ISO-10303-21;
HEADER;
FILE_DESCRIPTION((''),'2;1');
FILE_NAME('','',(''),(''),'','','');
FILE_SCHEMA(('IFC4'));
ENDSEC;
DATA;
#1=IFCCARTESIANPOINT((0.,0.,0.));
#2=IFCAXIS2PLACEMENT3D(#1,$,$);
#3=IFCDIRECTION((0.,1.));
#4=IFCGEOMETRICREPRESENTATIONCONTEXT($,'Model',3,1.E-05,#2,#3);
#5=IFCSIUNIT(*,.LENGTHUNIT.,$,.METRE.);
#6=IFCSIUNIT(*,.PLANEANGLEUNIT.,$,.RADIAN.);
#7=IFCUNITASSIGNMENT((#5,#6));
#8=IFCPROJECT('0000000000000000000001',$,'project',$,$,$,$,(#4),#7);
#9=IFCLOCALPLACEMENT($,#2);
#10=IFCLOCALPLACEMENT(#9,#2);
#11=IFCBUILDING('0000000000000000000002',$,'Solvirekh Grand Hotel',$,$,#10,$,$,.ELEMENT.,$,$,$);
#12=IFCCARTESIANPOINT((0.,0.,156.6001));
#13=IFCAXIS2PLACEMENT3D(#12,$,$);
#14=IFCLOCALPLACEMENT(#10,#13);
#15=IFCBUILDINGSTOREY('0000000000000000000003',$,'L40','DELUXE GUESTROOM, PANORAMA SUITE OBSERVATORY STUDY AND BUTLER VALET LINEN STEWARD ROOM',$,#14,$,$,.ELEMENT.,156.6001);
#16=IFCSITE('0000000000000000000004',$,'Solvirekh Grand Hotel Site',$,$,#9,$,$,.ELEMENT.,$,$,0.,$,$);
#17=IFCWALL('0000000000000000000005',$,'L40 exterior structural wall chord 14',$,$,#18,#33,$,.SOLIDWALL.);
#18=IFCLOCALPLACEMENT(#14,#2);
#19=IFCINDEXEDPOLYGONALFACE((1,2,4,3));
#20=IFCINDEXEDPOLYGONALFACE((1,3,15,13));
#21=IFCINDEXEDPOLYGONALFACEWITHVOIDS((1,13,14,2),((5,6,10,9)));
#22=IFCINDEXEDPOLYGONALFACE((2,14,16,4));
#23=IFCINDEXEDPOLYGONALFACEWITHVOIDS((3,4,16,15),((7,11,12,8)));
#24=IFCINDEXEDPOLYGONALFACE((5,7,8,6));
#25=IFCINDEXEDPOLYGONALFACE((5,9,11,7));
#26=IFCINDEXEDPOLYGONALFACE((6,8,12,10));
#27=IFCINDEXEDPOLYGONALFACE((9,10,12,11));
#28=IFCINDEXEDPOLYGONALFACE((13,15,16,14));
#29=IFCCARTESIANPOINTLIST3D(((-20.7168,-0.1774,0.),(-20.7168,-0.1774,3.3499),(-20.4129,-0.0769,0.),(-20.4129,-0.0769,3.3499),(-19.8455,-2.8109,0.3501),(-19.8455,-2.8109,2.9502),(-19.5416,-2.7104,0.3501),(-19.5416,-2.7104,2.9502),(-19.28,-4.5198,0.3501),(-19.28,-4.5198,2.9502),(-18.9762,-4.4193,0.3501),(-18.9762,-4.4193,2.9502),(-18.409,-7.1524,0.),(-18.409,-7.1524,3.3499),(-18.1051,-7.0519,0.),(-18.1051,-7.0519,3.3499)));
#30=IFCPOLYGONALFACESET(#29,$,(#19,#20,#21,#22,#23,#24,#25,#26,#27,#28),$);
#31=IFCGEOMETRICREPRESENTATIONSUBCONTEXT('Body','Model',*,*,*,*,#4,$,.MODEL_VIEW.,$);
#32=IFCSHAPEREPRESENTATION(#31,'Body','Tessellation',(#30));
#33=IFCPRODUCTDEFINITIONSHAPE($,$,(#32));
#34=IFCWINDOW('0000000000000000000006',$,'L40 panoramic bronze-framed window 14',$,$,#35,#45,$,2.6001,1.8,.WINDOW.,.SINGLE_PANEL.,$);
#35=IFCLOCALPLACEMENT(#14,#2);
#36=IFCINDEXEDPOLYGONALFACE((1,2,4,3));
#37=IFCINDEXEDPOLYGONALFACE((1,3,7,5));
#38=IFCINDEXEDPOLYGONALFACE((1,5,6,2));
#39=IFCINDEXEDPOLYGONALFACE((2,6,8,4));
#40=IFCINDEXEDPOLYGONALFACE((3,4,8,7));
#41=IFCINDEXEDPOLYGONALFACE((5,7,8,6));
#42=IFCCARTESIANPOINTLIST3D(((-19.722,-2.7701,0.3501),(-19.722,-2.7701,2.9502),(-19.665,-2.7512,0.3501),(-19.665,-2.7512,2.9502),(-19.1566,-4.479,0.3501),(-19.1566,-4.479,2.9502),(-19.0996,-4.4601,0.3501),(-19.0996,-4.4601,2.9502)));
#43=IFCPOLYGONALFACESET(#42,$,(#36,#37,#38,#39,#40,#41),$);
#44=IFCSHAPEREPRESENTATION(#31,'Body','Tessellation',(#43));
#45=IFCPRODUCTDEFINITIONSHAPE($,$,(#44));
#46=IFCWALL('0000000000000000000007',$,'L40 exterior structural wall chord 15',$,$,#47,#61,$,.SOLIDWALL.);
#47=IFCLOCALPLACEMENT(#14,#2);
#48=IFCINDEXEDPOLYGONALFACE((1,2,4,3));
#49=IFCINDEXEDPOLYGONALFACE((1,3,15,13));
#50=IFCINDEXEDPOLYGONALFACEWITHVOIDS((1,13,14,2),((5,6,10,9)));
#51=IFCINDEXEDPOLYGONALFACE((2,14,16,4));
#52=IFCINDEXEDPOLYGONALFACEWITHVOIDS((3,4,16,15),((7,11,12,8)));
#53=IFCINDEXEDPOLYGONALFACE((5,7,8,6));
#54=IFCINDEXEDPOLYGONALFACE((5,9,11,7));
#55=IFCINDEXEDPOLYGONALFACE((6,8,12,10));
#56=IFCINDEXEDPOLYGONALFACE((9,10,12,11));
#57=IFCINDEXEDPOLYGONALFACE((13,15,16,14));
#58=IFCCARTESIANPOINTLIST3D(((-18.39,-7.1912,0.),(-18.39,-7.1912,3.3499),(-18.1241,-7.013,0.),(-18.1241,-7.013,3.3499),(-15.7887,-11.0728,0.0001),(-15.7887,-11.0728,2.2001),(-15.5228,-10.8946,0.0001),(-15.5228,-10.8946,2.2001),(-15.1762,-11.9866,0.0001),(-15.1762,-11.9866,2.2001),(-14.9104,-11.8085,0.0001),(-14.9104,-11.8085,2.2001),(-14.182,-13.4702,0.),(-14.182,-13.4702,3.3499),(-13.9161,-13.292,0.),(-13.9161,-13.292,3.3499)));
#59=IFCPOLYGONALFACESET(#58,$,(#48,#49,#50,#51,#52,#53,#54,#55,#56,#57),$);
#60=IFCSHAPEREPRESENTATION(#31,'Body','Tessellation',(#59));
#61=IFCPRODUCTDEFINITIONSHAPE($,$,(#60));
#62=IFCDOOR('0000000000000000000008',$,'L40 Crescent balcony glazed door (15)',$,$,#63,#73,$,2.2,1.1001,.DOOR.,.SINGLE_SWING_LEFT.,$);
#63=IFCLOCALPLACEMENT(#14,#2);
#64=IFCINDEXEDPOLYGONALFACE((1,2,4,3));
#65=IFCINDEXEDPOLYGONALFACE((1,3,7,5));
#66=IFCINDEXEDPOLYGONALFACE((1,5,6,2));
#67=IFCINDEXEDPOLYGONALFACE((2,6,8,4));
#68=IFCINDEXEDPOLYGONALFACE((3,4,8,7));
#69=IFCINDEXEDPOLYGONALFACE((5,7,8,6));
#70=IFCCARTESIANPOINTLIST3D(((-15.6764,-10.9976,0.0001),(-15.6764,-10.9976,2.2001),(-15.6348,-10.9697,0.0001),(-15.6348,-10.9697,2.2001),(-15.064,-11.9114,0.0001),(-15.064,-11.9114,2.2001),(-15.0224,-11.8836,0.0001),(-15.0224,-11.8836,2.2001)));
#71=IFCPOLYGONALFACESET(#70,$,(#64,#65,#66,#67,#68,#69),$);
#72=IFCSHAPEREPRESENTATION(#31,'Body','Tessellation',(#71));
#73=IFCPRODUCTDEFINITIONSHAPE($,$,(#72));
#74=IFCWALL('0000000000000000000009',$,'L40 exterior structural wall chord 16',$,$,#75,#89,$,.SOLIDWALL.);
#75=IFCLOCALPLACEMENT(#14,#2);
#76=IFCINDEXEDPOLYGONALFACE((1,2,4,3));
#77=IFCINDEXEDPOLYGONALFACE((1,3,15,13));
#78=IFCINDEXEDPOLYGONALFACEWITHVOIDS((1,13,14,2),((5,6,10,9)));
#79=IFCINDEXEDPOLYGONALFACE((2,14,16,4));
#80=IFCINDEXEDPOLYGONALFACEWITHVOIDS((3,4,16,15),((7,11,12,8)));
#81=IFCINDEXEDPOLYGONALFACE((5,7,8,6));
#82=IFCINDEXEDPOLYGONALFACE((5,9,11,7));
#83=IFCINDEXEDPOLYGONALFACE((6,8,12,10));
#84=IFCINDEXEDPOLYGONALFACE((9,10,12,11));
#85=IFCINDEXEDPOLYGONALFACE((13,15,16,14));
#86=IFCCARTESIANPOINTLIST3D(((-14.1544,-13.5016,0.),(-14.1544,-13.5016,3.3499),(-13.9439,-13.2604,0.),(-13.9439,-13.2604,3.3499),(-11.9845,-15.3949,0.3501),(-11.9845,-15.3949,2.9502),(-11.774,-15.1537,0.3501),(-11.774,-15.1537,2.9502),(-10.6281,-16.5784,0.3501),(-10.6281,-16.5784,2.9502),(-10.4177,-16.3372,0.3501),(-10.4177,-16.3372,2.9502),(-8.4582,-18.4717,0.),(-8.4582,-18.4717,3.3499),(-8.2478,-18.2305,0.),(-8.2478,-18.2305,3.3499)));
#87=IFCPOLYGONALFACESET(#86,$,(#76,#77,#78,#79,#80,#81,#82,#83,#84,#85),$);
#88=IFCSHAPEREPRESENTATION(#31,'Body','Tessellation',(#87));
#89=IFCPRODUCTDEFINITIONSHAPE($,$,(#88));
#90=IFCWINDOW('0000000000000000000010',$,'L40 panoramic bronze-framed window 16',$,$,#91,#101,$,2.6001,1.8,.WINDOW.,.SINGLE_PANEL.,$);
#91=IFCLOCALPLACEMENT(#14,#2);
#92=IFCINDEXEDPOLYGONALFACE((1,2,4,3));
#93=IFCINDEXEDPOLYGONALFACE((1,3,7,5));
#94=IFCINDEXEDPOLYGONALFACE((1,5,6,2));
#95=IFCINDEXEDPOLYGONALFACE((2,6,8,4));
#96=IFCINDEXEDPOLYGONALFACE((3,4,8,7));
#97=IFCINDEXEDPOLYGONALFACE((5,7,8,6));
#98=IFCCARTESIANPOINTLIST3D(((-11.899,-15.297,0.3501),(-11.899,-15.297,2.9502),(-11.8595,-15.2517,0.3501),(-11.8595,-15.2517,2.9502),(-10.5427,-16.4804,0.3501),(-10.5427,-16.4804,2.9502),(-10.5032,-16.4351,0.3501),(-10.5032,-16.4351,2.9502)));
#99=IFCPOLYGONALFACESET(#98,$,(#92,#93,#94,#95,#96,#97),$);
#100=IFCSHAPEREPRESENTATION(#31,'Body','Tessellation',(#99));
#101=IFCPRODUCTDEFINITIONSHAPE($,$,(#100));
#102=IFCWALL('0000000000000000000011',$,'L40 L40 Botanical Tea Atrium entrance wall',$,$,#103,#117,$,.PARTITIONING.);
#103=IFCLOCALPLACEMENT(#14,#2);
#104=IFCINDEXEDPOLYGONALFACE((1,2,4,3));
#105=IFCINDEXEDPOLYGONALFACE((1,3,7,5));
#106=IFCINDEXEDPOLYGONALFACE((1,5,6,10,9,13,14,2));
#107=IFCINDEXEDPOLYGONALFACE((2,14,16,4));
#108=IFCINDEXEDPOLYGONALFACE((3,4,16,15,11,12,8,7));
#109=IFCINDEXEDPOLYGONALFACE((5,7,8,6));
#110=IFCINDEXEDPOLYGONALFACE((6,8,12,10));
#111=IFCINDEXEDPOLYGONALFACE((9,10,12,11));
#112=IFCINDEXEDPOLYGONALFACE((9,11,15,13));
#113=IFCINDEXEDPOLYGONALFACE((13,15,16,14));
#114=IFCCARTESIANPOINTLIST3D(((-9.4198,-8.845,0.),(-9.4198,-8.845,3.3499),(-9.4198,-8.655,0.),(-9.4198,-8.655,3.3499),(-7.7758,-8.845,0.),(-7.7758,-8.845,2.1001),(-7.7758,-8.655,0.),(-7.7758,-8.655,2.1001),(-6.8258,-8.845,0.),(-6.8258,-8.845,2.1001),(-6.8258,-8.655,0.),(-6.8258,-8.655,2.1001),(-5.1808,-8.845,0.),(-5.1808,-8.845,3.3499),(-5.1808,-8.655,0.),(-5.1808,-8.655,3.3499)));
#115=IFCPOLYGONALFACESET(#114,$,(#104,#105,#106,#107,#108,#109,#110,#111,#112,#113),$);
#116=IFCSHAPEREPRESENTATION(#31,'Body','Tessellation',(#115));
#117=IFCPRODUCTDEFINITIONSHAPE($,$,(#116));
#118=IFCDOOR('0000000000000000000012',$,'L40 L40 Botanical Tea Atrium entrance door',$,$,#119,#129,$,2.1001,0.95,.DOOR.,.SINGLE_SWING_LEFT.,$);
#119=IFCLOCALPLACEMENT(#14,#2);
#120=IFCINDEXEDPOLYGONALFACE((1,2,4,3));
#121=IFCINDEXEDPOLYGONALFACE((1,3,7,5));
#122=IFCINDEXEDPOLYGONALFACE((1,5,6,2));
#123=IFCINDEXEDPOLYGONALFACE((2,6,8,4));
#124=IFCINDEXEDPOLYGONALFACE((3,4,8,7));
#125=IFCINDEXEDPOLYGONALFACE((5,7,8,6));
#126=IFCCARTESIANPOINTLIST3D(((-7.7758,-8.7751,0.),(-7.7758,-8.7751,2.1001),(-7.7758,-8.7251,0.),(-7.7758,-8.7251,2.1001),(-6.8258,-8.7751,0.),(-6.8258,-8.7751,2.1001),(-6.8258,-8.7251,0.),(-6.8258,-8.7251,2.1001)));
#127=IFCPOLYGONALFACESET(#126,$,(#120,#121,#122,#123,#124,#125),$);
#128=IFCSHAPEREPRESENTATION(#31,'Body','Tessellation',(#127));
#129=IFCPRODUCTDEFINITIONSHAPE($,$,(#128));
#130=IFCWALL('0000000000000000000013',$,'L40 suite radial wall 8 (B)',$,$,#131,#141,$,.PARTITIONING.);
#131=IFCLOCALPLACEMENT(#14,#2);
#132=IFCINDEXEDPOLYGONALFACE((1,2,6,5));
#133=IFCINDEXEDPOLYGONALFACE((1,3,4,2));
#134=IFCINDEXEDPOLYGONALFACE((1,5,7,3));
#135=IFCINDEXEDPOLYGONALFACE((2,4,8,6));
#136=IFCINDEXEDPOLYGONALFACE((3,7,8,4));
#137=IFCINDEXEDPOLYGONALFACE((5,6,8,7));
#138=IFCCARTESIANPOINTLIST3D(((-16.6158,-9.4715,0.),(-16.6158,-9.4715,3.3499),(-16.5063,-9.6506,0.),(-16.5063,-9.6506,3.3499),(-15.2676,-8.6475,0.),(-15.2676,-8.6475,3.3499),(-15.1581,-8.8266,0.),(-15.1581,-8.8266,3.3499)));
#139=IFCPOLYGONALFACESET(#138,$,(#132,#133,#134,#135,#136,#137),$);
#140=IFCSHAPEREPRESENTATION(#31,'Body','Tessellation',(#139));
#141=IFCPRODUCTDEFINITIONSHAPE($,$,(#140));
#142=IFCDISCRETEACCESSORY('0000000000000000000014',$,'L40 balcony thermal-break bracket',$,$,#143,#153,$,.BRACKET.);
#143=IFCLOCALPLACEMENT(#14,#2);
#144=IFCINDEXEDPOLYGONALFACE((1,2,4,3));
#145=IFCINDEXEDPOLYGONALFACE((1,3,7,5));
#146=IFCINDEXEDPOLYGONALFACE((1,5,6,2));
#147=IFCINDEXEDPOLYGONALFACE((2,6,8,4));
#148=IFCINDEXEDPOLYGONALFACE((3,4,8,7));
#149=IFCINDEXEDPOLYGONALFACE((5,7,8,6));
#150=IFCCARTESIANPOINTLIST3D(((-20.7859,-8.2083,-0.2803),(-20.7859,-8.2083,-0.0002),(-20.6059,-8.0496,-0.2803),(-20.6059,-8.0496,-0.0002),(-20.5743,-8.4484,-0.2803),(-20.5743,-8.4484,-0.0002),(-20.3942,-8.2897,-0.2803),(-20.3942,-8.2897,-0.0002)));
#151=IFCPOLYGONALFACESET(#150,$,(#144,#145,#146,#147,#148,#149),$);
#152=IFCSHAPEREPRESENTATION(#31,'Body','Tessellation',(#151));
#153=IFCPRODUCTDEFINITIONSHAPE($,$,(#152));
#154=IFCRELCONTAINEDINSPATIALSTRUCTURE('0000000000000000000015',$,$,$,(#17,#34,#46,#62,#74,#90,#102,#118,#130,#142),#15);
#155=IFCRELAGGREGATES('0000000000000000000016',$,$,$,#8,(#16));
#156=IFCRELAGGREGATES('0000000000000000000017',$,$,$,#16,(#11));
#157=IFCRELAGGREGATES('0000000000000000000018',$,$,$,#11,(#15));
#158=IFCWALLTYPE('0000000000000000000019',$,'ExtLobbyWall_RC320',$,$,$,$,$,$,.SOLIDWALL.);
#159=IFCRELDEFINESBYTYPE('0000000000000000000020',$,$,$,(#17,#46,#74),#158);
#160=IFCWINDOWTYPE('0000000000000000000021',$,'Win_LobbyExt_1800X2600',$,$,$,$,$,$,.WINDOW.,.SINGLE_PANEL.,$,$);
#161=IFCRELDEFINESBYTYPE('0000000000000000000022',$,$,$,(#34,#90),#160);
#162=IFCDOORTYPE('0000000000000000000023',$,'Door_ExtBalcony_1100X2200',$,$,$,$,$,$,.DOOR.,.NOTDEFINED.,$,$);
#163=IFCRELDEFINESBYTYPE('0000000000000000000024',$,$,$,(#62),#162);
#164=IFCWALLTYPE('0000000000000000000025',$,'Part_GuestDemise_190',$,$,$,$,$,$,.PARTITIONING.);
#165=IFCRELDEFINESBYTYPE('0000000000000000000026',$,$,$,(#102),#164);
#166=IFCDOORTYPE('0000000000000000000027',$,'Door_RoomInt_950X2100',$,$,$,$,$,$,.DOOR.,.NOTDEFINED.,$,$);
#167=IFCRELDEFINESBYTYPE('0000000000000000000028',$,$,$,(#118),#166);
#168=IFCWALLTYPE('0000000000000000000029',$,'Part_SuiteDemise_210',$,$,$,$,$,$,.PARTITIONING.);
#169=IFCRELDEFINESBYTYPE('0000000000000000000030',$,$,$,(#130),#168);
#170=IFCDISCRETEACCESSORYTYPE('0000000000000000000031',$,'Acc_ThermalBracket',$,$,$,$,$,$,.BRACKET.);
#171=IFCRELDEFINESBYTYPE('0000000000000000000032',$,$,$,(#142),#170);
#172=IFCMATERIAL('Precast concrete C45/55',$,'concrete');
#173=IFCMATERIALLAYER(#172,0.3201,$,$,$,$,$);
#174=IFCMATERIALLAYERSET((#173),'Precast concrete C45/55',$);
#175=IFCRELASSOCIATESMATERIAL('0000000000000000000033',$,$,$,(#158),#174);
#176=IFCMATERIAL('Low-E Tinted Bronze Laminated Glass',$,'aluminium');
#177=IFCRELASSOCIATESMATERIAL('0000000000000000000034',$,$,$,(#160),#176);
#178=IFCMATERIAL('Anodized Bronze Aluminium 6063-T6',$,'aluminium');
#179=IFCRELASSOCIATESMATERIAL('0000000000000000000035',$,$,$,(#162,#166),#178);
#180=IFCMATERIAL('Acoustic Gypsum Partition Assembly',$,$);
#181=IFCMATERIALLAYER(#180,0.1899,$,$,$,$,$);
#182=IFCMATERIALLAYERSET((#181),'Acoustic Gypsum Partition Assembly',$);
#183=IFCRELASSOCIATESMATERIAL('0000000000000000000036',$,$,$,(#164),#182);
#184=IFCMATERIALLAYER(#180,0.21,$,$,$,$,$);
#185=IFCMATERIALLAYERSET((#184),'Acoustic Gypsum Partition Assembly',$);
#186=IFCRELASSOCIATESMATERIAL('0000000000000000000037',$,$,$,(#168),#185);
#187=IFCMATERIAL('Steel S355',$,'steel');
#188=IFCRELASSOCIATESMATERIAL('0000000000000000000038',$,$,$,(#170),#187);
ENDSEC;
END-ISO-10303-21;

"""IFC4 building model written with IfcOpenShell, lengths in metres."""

from ifc_helpers import new_model, si_unit, direction, frame, frame_2d, origin, origin_2d, place, context, subcontext, project, spatial, rectangle, extrude, material, layer, layer_set, type_object, element, fill, save


model = new_model("IFC4")

# Units and contexts
model_context = context("Model", 3, precision=1e-05, world=origin(), true_north=direction((0.0, 1.0)))
body_context = subcontext(model_context, "Body", "Model", "MODEL_VIEW")
ifc_project = project(units=[si_unit("LENGTHUNIT", "METRE"), si_unit("PLANEANGLEUNIT", "RADIAN")], contexts=[model_context])

# Site, building, storey
site_placement = place(None, origin())
site = spatial("IfcSite", under=ifc_project, at=site_placement, Name="Solvirekh Grand Hotel Site", CompositionType="ELEMENT", RefElevation=0.0)
building_placement = place(site_placement, origin())
building = spatial("IfcBuilding", under=site, at=building_placement, Name="Solvirekh Grand Hotel", CompositionType="ELEMENT")
storey_placement = place(building_placement, frame((0.0, 0.0, 156.6001)))
storey = spatial("IfcBuildingStorey", under=building, at=storey_placement, Name="L40", Description="DELUXE GUESTROOM, PANORAMA SUITE OBSERVATORY STUDY AND BUTLER VALET LINEN STEWARD ROOM", CompositionType="ELEMENT", Elevation=156.6001)

# Shared definitions
ifc_material_1 = material(Name="Steel S355", Category="steel")

# Wall, opening, window
ifc_material_2 = material(Name="Precast concrete C45/55", Category="concrete")
ifc_layer_1 = layer(ifc_material_2, 0.3201)
ifc_layer_set_1 = layer_set([ifc_layer_1], Name="Precast concrete C45/55")
wall_type_1 = type_object("IfcWallType", Name="ExtLobbyWall_RC320", PredefinedType="SOLIDWALL", material=ifc_layer_set_1)
wall_1_placement = place(storey_placement, frame((-18.2571, -7.1021, 0.0), z_axis=(0.0, 0.0, 1.0), x_axis=(-0.314124, 0.949382, 0.0)))
wall_1 = element("IfcWall", 1, at=wall_1_placement, inside=storey, type_object=wall_type_1, Name="L40 exterior structural wall chord 14", PredefinedType="SOLIDWALL", context=body_context, shape_type="SweptSolid", body=[
    extrude(rectangle(XDim=7.3469, YDim=0.3201, at=frame_2d((3.6733, 0.0))), origin(), (0.0, 0.0, 1.0), 3.3499),
])
opening_1_placement = place(wall_1_placement, frame((2.7729, 0.0, 0.3501)))
opening_1 = element("IfcOpeningElement", 2, at=opening_1_placement, cuts=wall_1, PredefinedType="OPENING", context=body_context, shape_type="SweptSolid", body=[
    extrude(rectangle(XDim=1.8, YDim=2.6001, at=frame_2d((0.8999, 1.3))), frame((0.0, 0.1699, 0.0), z_axis=(0.0, -1.0, 0.0), x_axis=(1.0, 0.0, 0.0)), (0.0, 0.0, 1.0), 0.3401),
])
ifc_material_3 = material(Name="Low-E Tinted Bronze Laminated Glass", Category="aluminium")
window_type = type_object("IfcWindowType", Name="Win_LobbyExt_1800X2600", PartitioningType="SINGLE_PANEL", PredefinedType="WINDOW", material=ifc_material_3)
window_1_placement = place(opening_1_placement, origin())
window_1 = element("IfcWindow", 3, at=window_1_placement, inside=storey, type_object=window_type, Name="L40 panoramic bronze-framed window 14", OverallHeight=2.6001, OverallWidth=1.8, PartitioningType="SINGLE_PANEL", PredefinedType="WINDOW", context=body_context, shape_type="SweptSolid", body=[
    extrude(rectangle(XDim=1.8, YDim=2.6001, at=frame_2d((0.8999, 1.3))), frame((0.0, 0.03, 0.0), z_axis=(0.0, -1.0, 0.0), x_axis=(1.0, 0.0, 0.0)), (0.0, 0.0, 1.0), 0.0601),
])
fill(opening_1, window_1)

# Wall, opening, door
wall_2_placement = place(storey_placement, frame((-14.0491, -13.3811, 0.0), z_axis=(0.0, 0.0, 1.0), x_axis=(-0.556711, 0.830706, 0.0)))
wall_2 = element("IfcWall", 4, at=wall_2_placement, inside=storey, type_object=wall_type_1, Name="L40 exterior structural wall chord 15", PredefinedType="SOLIDWALL", context=body_context, shape_type="SweptSolid", body=[
    extrude(rectangle(XDim=7.5586, YDim=0.3201, at=frame_2d((3.7793, 0.0))), origin(), (0.0, 0.0, 1.0), 3.3499),
])
opening_2_placement = place(wall_2_placement, frame((1.7859, 0.0, 0.0)))
opening_2 = element("IfcOpeningElement", 5, at=opening_2_placement, cuts=wall_2, PredefinedType="OPENING", context=body_context, shape_type="SweptSolid", body=[
    extrude(rectangle(XDim=1.1001, YDim=2.2, at=frame_2d((0.55, 1.1001))), frame((0.0, 0.1699, 0.0), z_axis=(0.0, -1.0, 0.0), x_axis=(1.0, 0.0, 0.0)), (0.0, 0.0, 1.0), 0.3401),
])
ifc_material_4 = material(Name="Anodized Bronze Aluminium 6063-T6", Category="aluminium")
door_type_1 = type_object("IfcDoorType", Name="Door_ExtBalcony_1100X2200", OperationType="NOTDEFINED", PredefinedType="DOOR", material=ifc_material_4)
door_1_placement = place(opening_2_placement, origin())
door_1 = element("IfcDoor", 6, at=door_1_placement, inside=storey, type_object=door_type_1, Name="L40 Crescent balcony glazed door (15)", OperationType="SINGLE_SWING_LEFT", OverallHeight=2.2, OverallWidth=1.1001, PredefinedType="DOOR", context=body_context, shape_type="SweptSolid", body=[
    extrude(rectangle(XDim=1.1001, YDim=2.2, at=frame_2d((0.55, 1.1001))), frame((0.0, 0.0249, 0.0), z_axis=(0.0, -1.0, 0.0), x_axis=(1.0, 0.0, 0.0)), (0.0, 0.0, 1.0), 0.05),
])
fill(opening_2, door_1)

# Wall, opening, window
wall_3_placement = place(storey_placement, frame((-8.353, -18.3511, 0.0), z_axis=(0.0, 0.0, 1.0), x_axis=(-0.753498, 0.65745, 0.0)))
wall_3 = element("IfcWall", 7, at=wall_3_placement, inside=storey, type_object=wall_type_1, Name="L40 exterior structural wall chord 16", PredefinedType="SOLIDWALL", context=body_context, shape_type="SweptSolid", body=[
    extrude(rectangle(XDim=7.5596, YDim=0.3201, at=frame_2d((3.7798, 0.0))), origin(), (0.0, 0.0, 1.0), 3.3499),
])
opening_3_placement = place(wall_3_placement, frame((2.8799, 0.0, 0.3501)))
opening_3 = element("IfcOpeningElement", 8, at=opening_3_placement, cuts=wall_3, PredefinedType="OPENING", context=body_context, shape_type="SweptSolid", body=[
    extrude(rectangle(XDim=1.8, YDim=2.6001, at=frame_2d((0.8999, 1.3))), frame((0.0, 0.1699, 0.0), z_axis=(0.0, -1.0, 0.0), x_axis=(1.0, 0.0, 0.0)), (0.0, 0.0, 1.0), 0.3401),
])
window_2_placement = place(opening_3_placement, origin())
window_2 = element("IfcWindow", 9, at=window_2_placement, inside=storey, type_object=window_type, Name="L40 panoramic bronze-framed window 16", OverallHeight=2.6001, OverallWidth=1.8, PartitioningType="SINGLE_PANEL", PredefinedType="WINDOW", context=body_context, shape_type="SweptSolid", body=[
    extrude(rectangle(XDim=1.8, YDim=2.6001, at=frame_2d((0.8999, 1.3))), frame((0.0, 0.03, 0.0), z_axis=(0.0, -1.0, 0.0), x_axis=(1.0, 0.0, 0.0)), (0.0, 0.0, 1.0), 0.0601),
])
fill(opening_3, window_2)

# Wall, opening, door
ifc_material_5 = material(Name="Acoustic Gypsum Partition Assembly")
ifc_layer_2 = layer(ifc_material_5, 0.1899)
ifc_layer_set_2 = layer_set([ifc_layer_2], Name="Acoustic Gypsum Partition Assembly")
wall_type_2 = type_object("IfcWallType", Name="Part_GuestDemise_190", PredefinedType="PARTITIONING", material=ifc_layer_set_2)
wall_4_placement = place(storey_placement, frame((-9.4199, -8.75, 0.0), z_axis=(0.0, 0.0, 1.0), x_axis=(1.0, 0.0, 0.0)))
wall_4 = element("IfcWall", 10, at=wall_4_placement, inside=storey, type_object=wall_type_2, Name="L40 L40 Botanical Tea Atrium entrance wall", PredefinedType="PARTITIONING", context=body_context, shape_type="SweptSolid", body=[
    extrude(rectangle(XDim=4.239, YDim=0.1899, at=frame_2d((2.1196, 0.0))), origin(), (0.0, 0.0, 1.0), 3.3499),
])
opening_4_placement = place(wall_4_placement, frame((1.644, 0.0, 0.0)))
opening_4 = element("IfcOpeningElement", 11, at=opening_4_placement, cuts=wall_4, PredefinedType="OPENING", context=body_context, shape_type="SweptSolid", body=[
    extrude(rectangle(XDim=0.95, YDim=2.1001, at=frame_2d((0.4751, 1.05))), frame((0.0, 0.105, 0.0), z_axis=(0.0, -1.0, 0.0), x_axis=(1.0, 0.0, 0.0)), (0.0, 0.0, 1.0), 0.21),
])
door_type_2 = type_object("IfcDoorType", Name="Door_RoomInt_950X2100", OperationType="NOTDEFINED", PredefinedType="DOOR", material=ifc_material_4)
door_2_placement = place(opening_4_placement, origin())
door_2 = element("IfcDoor", 12, at=door_2_placement, inside=storey, type_object=door_type_2, Name="L40 L40 Botanical Tea Atrium entrance door", OperationType="SINGLE_SWING_LEFT", OverallHeight=2.1001, OverallWidth=0.95, PredefinedType="DOOR", context=body_context, shape_type="SweptSolid", body=[
    extrude(rectangle(XDim=0.95, YDim=2.1001, at=frame_2d((0.4751, 1.05))), frame((0.0, 0.0249, 0.0), z_axis=(0.0, -1.0, 0.0), x_axis=(1.0, 0.0, 0.0)), (0.0, 0.0, 1.0), 0.05),
])
fill(opening_4, door_2)

# Wall
ifc_layer_3 = layer(ifc_material_5, 0.21)
ifc_layer_set_3 = layer_set([ifc_layer_3], Name="Acoustic Gypsum Partition Assembly")
wall_type_3 = type_object("IfcWallType", Name="Part_SuiteDemise_210", PredefinedType="PARTITIONING", material=ifc_layer_set_3)
wall_5_placement = place(storey_placement, frame((-15.2129, -8.7371, 0.0), z_axis=(0.0, 0.0, 1.0), x_axis=(-0.853251, -0.5215, 0.0)))
element("IfcWall", 13, at=wall_5_placement, inside=storey, type_object=wall_type_3, Name="L40 suite radial wall 8 (B)", PredefinedType="PARTITIONING", context=body_context, shape_type="SweptSolid", body=[
    extrude(rectangle(XDim=1.5801, YDim=0.21, at=frame_2d((0.79, 0.0))), origin(), (0.0, 0.0, 1.0), 3.3499),
])

# Discrete accessory
discrete_accessory_type = type_object("IfcDiscreteAccessoryType", Name="Acc_ThermalBracket", PredefinedType="BRACKET", material=ifc_material_1)
discrete_accessory_placement = place(storey_placement, frame((-20.5901, -8.249, -0.2803), z_axis=(0.0, 0.0, 1.0), x_axis=(0.661312, -0.750111, 0.0)))
element("IfcDiscreteAccessory", 14, at=discrete_accessory_placement, inside=storey, type_object=discrete_accessory_type, Name="L40 balcony thermal-break bracket", PredefinedType="BRACKET", context=body_context, shape_type="SweptSolid", body=[
    extrude(rectangle(XDim=0.3201, YDim=0.24, at=origin_2d()), origin(), (0.0, 0.0, 1.0), 0.28),
])

save(model, "model.ifc")
